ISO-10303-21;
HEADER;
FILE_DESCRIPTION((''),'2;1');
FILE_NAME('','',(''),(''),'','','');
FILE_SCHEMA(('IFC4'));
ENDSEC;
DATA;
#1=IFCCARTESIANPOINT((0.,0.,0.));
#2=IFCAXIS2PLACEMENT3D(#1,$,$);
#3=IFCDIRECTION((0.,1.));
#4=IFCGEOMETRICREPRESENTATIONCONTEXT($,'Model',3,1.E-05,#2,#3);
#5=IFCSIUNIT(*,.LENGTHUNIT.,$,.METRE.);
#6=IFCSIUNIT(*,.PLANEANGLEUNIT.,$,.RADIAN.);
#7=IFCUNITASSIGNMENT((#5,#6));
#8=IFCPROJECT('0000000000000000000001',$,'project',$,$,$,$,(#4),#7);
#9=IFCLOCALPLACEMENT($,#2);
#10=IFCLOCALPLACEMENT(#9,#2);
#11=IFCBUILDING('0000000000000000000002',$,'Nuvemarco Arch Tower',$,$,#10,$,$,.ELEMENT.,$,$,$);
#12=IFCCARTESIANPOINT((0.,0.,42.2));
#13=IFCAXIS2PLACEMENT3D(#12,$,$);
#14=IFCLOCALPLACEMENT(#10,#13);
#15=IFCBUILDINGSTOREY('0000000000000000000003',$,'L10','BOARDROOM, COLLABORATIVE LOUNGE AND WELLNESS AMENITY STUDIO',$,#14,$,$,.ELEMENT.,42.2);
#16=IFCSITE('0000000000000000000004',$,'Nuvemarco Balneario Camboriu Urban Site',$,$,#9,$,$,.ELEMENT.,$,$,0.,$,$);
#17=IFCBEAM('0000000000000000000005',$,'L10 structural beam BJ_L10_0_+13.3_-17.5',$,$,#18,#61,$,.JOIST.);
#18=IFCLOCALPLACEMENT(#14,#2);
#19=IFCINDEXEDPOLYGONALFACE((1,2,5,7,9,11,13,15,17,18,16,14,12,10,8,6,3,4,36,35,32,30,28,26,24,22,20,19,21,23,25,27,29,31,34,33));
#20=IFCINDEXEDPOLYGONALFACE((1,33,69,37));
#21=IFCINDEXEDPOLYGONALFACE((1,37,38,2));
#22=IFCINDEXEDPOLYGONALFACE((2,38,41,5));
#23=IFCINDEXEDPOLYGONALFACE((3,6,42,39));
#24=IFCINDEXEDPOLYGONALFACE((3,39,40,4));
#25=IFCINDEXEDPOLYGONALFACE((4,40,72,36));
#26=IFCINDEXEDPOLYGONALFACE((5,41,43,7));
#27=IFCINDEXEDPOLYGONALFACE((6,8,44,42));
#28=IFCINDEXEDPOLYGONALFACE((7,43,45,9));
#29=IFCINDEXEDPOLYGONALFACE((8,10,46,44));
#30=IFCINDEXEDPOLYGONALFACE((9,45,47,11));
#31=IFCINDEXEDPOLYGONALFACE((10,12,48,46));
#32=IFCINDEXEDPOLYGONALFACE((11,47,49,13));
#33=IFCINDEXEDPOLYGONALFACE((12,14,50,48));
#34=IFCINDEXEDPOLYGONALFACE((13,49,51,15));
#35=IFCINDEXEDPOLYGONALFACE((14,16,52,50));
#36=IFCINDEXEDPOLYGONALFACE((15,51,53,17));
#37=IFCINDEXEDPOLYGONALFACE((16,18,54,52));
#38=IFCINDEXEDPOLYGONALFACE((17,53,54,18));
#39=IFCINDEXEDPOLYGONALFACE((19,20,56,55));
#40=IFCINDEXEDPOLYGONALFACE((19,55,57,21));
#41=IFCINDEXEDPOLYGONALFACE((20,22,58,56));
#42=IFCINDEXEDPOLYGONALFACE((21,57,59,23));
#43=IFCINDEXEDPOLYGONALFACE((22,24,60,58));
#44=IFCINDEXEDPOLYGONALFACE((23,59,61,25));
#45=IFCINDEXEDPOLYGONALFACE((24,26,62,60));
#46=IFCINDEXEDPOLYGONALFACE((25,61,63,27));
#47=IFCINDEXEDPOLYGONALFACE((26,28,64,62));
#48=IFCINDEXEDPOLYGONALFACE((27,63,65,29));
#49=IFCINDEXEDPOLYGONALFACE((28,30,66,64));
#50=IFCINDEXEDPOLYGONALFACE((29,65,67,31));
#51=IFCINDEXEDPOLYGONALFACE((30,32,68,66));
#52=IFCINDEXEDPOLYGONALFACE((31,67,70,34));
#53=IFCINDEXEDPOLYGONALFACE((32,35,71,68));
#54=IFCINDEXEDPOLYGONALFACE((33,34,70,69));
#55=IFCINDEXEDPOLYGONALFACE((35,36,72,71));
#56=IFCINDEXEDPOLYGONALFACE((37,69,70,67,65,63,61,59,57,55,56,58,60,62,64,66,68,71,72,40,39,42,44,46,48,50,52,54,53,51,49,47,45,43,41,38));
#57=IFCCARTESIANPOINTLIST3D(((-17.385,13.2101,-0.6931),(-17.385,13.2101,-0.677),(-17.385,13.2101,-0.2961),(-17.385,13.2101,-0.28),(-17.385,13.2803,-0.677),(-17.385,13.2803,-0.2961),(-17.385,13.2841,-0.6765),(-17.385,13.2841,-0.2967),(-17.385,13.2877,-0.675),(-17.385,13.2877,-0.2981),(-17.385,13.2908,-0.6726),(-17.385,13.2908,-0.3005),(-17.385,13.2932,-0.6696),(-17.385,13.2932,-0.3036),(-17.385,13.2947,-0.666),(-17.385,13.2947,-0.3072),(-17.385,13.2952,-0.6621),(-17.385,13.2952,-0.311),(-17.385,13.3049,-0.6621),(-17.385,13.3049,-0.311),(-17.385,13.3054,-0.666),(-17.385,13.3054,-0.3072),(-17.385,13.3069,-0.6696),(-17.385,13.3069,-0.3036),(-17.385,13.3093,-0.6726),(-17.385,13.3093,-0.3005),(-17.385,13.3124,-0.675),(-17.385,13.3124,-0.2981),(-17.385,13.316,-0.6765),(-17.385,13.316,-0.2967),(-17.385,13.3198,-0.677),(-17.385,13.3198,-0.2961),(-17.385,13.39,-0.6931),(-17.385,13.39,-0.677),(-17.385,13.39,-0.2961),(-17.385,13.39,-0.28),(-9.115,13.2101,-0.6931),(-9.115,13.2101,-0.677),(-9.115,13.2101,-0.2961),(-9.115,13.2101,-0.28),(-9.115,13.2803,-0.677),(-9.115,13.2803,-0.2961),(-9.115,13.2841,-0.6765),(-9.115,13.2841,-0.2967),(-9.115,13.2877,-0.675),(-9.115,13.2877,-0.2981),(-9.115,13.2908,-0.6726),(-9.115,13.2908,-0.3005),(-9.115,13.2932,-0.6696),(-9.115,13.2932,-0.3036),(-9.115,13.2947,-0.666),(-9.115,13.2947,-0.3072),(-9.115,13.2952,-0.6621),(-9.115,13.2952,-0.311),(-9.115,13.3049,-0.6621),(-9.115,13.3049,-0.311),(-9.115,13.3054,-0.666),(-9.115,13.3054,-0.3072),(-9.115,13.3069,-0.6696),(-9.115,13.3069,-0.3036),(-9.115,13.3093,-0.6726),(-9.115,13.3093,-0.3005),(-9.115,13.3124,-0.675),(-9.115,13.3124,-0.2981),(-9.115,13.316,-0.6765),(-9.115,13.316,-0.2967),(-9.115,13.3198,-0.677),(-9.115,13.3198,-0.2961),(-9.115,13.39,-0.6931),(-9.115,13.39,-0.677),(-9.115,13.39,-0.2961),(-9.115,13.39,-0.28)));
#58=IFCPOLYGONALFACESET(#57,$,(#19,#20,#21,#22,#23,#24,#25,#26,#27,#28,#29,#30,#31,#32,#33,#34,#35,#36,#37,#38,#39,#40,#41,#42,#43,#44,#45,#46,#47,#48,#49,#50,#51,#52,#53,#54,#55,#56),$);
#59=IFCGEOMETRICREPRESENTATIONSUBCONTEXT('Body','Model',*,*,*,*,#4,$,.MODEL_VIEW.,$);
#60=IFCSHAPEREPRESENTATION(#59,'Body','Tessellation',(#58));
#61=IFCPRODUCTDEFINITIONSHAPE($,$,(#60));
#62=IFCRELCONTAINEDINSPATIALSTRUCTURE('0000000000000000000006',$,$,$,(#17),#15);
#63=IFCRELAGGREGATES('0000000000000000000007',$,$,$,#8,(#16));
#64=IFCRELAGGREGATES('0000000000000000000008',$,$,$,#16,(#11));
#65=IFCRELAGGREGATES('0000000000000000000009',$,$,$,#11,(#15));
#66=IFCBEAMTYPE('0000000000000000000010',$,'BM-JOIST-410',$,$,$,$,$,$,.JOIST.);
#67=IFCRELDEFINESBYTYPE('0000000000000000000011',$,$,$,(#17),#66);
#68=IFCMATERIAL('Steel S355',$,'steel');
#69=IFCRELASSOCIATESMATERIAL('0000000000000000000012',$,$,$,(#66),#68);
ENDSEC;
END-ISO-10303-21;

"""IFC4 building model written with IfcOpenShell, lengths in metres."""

from ifc_helpers import new_model, si_unit, direction, frame, origin, origin_2d, place, context, subcontext, project, spatial, i_section, extrude, material, material_profile, profile_set, type_object, element, save


model = new_model("IFC4")

# Units and contexts
model_context = context("Model", 3, precision=1e-05, world=origin(), true_north=direction((0.0, 1.0)))
body_context = subcontext(model_context, "Body", "Model", "MODEL_VIEW")
ifc_project = project(units=[si_unit("LENGTHUNIT", "METRE"), si_unit("PLANEANGLEUNIT", "RADIAN")], contexts=[model_context])

# Site, building, storey
site_placement = place(None, origin())
site = spatial("IfcSite", under=ifc_project, at=site_placement, Name="Nuvemarco Balneario Camboriu Urban Site", CompositionType="ELEMENT", RefElevation=0.0)
building_placement = place(site_placement, origin())
building = spatial("IfcBuilding", under=site, at=building_placement, Name="Nuvemarco Arch Tower", CompositionType="ELEMENT")
storey_placement = place(building_placement, frame((0.0, 0.0, 42.2)))
storey = spatial("IfcBuildingStorey", under=building, at=storey_placement, Name="L10", Description="BOARDROOM, COLLABORATIVE LOUNGE AND WELLNESS AMENITY STUDIO", CompositionType="ELEMENT", Elevation=42.2)

# Beam
ifc_material_1 = material(Name="Steel S355", Category="steel")
ifc_material_profile_1 = material_profile(ifc_material_1, i_section(OverallWidth=0.1799, OverallDepth=0.4131, WebThickness=0.0098, FlangeThickness=0.0161, FilletRadius=0.0149, at=origin_2d()), Name="W410x75")
ifc_profile_set_1 = profile_set([ifc_material_profile_1], Name="Steel S355")
beam_type_1 = type_object("IfcBeamType", Name="BM-JOIST-410", PredefinedType="JOIST", material=ifc_profile_set_1)
beam_1_placement = place(storey_placement, frame((-17.385, 13.3, -0.4866), z_axis=(1.0, 0.0, 0.0), x_axis=(0.0, 1.0, 0.0)))
element("IfcBeam", 1, at=beam_1_placement, inside=storey, type_object=beam_type_1, Name="L10 structural beam BJ_L10_0_+13.3_-17.5", PredefinedType="JOIST", context=body_context, shape_type="SweptSolid", body=[
    extrude(i_section(OverallWidth=0.1799, OverallDepth=0.4131, WebThickness=0.0098, FlangeThickness=0.0161, FilletRadius=0.0149, at=origin_2d()), origin(), (0.0, 0.0, 1.0), 8.27),
])

save(model, "model.ifc")
